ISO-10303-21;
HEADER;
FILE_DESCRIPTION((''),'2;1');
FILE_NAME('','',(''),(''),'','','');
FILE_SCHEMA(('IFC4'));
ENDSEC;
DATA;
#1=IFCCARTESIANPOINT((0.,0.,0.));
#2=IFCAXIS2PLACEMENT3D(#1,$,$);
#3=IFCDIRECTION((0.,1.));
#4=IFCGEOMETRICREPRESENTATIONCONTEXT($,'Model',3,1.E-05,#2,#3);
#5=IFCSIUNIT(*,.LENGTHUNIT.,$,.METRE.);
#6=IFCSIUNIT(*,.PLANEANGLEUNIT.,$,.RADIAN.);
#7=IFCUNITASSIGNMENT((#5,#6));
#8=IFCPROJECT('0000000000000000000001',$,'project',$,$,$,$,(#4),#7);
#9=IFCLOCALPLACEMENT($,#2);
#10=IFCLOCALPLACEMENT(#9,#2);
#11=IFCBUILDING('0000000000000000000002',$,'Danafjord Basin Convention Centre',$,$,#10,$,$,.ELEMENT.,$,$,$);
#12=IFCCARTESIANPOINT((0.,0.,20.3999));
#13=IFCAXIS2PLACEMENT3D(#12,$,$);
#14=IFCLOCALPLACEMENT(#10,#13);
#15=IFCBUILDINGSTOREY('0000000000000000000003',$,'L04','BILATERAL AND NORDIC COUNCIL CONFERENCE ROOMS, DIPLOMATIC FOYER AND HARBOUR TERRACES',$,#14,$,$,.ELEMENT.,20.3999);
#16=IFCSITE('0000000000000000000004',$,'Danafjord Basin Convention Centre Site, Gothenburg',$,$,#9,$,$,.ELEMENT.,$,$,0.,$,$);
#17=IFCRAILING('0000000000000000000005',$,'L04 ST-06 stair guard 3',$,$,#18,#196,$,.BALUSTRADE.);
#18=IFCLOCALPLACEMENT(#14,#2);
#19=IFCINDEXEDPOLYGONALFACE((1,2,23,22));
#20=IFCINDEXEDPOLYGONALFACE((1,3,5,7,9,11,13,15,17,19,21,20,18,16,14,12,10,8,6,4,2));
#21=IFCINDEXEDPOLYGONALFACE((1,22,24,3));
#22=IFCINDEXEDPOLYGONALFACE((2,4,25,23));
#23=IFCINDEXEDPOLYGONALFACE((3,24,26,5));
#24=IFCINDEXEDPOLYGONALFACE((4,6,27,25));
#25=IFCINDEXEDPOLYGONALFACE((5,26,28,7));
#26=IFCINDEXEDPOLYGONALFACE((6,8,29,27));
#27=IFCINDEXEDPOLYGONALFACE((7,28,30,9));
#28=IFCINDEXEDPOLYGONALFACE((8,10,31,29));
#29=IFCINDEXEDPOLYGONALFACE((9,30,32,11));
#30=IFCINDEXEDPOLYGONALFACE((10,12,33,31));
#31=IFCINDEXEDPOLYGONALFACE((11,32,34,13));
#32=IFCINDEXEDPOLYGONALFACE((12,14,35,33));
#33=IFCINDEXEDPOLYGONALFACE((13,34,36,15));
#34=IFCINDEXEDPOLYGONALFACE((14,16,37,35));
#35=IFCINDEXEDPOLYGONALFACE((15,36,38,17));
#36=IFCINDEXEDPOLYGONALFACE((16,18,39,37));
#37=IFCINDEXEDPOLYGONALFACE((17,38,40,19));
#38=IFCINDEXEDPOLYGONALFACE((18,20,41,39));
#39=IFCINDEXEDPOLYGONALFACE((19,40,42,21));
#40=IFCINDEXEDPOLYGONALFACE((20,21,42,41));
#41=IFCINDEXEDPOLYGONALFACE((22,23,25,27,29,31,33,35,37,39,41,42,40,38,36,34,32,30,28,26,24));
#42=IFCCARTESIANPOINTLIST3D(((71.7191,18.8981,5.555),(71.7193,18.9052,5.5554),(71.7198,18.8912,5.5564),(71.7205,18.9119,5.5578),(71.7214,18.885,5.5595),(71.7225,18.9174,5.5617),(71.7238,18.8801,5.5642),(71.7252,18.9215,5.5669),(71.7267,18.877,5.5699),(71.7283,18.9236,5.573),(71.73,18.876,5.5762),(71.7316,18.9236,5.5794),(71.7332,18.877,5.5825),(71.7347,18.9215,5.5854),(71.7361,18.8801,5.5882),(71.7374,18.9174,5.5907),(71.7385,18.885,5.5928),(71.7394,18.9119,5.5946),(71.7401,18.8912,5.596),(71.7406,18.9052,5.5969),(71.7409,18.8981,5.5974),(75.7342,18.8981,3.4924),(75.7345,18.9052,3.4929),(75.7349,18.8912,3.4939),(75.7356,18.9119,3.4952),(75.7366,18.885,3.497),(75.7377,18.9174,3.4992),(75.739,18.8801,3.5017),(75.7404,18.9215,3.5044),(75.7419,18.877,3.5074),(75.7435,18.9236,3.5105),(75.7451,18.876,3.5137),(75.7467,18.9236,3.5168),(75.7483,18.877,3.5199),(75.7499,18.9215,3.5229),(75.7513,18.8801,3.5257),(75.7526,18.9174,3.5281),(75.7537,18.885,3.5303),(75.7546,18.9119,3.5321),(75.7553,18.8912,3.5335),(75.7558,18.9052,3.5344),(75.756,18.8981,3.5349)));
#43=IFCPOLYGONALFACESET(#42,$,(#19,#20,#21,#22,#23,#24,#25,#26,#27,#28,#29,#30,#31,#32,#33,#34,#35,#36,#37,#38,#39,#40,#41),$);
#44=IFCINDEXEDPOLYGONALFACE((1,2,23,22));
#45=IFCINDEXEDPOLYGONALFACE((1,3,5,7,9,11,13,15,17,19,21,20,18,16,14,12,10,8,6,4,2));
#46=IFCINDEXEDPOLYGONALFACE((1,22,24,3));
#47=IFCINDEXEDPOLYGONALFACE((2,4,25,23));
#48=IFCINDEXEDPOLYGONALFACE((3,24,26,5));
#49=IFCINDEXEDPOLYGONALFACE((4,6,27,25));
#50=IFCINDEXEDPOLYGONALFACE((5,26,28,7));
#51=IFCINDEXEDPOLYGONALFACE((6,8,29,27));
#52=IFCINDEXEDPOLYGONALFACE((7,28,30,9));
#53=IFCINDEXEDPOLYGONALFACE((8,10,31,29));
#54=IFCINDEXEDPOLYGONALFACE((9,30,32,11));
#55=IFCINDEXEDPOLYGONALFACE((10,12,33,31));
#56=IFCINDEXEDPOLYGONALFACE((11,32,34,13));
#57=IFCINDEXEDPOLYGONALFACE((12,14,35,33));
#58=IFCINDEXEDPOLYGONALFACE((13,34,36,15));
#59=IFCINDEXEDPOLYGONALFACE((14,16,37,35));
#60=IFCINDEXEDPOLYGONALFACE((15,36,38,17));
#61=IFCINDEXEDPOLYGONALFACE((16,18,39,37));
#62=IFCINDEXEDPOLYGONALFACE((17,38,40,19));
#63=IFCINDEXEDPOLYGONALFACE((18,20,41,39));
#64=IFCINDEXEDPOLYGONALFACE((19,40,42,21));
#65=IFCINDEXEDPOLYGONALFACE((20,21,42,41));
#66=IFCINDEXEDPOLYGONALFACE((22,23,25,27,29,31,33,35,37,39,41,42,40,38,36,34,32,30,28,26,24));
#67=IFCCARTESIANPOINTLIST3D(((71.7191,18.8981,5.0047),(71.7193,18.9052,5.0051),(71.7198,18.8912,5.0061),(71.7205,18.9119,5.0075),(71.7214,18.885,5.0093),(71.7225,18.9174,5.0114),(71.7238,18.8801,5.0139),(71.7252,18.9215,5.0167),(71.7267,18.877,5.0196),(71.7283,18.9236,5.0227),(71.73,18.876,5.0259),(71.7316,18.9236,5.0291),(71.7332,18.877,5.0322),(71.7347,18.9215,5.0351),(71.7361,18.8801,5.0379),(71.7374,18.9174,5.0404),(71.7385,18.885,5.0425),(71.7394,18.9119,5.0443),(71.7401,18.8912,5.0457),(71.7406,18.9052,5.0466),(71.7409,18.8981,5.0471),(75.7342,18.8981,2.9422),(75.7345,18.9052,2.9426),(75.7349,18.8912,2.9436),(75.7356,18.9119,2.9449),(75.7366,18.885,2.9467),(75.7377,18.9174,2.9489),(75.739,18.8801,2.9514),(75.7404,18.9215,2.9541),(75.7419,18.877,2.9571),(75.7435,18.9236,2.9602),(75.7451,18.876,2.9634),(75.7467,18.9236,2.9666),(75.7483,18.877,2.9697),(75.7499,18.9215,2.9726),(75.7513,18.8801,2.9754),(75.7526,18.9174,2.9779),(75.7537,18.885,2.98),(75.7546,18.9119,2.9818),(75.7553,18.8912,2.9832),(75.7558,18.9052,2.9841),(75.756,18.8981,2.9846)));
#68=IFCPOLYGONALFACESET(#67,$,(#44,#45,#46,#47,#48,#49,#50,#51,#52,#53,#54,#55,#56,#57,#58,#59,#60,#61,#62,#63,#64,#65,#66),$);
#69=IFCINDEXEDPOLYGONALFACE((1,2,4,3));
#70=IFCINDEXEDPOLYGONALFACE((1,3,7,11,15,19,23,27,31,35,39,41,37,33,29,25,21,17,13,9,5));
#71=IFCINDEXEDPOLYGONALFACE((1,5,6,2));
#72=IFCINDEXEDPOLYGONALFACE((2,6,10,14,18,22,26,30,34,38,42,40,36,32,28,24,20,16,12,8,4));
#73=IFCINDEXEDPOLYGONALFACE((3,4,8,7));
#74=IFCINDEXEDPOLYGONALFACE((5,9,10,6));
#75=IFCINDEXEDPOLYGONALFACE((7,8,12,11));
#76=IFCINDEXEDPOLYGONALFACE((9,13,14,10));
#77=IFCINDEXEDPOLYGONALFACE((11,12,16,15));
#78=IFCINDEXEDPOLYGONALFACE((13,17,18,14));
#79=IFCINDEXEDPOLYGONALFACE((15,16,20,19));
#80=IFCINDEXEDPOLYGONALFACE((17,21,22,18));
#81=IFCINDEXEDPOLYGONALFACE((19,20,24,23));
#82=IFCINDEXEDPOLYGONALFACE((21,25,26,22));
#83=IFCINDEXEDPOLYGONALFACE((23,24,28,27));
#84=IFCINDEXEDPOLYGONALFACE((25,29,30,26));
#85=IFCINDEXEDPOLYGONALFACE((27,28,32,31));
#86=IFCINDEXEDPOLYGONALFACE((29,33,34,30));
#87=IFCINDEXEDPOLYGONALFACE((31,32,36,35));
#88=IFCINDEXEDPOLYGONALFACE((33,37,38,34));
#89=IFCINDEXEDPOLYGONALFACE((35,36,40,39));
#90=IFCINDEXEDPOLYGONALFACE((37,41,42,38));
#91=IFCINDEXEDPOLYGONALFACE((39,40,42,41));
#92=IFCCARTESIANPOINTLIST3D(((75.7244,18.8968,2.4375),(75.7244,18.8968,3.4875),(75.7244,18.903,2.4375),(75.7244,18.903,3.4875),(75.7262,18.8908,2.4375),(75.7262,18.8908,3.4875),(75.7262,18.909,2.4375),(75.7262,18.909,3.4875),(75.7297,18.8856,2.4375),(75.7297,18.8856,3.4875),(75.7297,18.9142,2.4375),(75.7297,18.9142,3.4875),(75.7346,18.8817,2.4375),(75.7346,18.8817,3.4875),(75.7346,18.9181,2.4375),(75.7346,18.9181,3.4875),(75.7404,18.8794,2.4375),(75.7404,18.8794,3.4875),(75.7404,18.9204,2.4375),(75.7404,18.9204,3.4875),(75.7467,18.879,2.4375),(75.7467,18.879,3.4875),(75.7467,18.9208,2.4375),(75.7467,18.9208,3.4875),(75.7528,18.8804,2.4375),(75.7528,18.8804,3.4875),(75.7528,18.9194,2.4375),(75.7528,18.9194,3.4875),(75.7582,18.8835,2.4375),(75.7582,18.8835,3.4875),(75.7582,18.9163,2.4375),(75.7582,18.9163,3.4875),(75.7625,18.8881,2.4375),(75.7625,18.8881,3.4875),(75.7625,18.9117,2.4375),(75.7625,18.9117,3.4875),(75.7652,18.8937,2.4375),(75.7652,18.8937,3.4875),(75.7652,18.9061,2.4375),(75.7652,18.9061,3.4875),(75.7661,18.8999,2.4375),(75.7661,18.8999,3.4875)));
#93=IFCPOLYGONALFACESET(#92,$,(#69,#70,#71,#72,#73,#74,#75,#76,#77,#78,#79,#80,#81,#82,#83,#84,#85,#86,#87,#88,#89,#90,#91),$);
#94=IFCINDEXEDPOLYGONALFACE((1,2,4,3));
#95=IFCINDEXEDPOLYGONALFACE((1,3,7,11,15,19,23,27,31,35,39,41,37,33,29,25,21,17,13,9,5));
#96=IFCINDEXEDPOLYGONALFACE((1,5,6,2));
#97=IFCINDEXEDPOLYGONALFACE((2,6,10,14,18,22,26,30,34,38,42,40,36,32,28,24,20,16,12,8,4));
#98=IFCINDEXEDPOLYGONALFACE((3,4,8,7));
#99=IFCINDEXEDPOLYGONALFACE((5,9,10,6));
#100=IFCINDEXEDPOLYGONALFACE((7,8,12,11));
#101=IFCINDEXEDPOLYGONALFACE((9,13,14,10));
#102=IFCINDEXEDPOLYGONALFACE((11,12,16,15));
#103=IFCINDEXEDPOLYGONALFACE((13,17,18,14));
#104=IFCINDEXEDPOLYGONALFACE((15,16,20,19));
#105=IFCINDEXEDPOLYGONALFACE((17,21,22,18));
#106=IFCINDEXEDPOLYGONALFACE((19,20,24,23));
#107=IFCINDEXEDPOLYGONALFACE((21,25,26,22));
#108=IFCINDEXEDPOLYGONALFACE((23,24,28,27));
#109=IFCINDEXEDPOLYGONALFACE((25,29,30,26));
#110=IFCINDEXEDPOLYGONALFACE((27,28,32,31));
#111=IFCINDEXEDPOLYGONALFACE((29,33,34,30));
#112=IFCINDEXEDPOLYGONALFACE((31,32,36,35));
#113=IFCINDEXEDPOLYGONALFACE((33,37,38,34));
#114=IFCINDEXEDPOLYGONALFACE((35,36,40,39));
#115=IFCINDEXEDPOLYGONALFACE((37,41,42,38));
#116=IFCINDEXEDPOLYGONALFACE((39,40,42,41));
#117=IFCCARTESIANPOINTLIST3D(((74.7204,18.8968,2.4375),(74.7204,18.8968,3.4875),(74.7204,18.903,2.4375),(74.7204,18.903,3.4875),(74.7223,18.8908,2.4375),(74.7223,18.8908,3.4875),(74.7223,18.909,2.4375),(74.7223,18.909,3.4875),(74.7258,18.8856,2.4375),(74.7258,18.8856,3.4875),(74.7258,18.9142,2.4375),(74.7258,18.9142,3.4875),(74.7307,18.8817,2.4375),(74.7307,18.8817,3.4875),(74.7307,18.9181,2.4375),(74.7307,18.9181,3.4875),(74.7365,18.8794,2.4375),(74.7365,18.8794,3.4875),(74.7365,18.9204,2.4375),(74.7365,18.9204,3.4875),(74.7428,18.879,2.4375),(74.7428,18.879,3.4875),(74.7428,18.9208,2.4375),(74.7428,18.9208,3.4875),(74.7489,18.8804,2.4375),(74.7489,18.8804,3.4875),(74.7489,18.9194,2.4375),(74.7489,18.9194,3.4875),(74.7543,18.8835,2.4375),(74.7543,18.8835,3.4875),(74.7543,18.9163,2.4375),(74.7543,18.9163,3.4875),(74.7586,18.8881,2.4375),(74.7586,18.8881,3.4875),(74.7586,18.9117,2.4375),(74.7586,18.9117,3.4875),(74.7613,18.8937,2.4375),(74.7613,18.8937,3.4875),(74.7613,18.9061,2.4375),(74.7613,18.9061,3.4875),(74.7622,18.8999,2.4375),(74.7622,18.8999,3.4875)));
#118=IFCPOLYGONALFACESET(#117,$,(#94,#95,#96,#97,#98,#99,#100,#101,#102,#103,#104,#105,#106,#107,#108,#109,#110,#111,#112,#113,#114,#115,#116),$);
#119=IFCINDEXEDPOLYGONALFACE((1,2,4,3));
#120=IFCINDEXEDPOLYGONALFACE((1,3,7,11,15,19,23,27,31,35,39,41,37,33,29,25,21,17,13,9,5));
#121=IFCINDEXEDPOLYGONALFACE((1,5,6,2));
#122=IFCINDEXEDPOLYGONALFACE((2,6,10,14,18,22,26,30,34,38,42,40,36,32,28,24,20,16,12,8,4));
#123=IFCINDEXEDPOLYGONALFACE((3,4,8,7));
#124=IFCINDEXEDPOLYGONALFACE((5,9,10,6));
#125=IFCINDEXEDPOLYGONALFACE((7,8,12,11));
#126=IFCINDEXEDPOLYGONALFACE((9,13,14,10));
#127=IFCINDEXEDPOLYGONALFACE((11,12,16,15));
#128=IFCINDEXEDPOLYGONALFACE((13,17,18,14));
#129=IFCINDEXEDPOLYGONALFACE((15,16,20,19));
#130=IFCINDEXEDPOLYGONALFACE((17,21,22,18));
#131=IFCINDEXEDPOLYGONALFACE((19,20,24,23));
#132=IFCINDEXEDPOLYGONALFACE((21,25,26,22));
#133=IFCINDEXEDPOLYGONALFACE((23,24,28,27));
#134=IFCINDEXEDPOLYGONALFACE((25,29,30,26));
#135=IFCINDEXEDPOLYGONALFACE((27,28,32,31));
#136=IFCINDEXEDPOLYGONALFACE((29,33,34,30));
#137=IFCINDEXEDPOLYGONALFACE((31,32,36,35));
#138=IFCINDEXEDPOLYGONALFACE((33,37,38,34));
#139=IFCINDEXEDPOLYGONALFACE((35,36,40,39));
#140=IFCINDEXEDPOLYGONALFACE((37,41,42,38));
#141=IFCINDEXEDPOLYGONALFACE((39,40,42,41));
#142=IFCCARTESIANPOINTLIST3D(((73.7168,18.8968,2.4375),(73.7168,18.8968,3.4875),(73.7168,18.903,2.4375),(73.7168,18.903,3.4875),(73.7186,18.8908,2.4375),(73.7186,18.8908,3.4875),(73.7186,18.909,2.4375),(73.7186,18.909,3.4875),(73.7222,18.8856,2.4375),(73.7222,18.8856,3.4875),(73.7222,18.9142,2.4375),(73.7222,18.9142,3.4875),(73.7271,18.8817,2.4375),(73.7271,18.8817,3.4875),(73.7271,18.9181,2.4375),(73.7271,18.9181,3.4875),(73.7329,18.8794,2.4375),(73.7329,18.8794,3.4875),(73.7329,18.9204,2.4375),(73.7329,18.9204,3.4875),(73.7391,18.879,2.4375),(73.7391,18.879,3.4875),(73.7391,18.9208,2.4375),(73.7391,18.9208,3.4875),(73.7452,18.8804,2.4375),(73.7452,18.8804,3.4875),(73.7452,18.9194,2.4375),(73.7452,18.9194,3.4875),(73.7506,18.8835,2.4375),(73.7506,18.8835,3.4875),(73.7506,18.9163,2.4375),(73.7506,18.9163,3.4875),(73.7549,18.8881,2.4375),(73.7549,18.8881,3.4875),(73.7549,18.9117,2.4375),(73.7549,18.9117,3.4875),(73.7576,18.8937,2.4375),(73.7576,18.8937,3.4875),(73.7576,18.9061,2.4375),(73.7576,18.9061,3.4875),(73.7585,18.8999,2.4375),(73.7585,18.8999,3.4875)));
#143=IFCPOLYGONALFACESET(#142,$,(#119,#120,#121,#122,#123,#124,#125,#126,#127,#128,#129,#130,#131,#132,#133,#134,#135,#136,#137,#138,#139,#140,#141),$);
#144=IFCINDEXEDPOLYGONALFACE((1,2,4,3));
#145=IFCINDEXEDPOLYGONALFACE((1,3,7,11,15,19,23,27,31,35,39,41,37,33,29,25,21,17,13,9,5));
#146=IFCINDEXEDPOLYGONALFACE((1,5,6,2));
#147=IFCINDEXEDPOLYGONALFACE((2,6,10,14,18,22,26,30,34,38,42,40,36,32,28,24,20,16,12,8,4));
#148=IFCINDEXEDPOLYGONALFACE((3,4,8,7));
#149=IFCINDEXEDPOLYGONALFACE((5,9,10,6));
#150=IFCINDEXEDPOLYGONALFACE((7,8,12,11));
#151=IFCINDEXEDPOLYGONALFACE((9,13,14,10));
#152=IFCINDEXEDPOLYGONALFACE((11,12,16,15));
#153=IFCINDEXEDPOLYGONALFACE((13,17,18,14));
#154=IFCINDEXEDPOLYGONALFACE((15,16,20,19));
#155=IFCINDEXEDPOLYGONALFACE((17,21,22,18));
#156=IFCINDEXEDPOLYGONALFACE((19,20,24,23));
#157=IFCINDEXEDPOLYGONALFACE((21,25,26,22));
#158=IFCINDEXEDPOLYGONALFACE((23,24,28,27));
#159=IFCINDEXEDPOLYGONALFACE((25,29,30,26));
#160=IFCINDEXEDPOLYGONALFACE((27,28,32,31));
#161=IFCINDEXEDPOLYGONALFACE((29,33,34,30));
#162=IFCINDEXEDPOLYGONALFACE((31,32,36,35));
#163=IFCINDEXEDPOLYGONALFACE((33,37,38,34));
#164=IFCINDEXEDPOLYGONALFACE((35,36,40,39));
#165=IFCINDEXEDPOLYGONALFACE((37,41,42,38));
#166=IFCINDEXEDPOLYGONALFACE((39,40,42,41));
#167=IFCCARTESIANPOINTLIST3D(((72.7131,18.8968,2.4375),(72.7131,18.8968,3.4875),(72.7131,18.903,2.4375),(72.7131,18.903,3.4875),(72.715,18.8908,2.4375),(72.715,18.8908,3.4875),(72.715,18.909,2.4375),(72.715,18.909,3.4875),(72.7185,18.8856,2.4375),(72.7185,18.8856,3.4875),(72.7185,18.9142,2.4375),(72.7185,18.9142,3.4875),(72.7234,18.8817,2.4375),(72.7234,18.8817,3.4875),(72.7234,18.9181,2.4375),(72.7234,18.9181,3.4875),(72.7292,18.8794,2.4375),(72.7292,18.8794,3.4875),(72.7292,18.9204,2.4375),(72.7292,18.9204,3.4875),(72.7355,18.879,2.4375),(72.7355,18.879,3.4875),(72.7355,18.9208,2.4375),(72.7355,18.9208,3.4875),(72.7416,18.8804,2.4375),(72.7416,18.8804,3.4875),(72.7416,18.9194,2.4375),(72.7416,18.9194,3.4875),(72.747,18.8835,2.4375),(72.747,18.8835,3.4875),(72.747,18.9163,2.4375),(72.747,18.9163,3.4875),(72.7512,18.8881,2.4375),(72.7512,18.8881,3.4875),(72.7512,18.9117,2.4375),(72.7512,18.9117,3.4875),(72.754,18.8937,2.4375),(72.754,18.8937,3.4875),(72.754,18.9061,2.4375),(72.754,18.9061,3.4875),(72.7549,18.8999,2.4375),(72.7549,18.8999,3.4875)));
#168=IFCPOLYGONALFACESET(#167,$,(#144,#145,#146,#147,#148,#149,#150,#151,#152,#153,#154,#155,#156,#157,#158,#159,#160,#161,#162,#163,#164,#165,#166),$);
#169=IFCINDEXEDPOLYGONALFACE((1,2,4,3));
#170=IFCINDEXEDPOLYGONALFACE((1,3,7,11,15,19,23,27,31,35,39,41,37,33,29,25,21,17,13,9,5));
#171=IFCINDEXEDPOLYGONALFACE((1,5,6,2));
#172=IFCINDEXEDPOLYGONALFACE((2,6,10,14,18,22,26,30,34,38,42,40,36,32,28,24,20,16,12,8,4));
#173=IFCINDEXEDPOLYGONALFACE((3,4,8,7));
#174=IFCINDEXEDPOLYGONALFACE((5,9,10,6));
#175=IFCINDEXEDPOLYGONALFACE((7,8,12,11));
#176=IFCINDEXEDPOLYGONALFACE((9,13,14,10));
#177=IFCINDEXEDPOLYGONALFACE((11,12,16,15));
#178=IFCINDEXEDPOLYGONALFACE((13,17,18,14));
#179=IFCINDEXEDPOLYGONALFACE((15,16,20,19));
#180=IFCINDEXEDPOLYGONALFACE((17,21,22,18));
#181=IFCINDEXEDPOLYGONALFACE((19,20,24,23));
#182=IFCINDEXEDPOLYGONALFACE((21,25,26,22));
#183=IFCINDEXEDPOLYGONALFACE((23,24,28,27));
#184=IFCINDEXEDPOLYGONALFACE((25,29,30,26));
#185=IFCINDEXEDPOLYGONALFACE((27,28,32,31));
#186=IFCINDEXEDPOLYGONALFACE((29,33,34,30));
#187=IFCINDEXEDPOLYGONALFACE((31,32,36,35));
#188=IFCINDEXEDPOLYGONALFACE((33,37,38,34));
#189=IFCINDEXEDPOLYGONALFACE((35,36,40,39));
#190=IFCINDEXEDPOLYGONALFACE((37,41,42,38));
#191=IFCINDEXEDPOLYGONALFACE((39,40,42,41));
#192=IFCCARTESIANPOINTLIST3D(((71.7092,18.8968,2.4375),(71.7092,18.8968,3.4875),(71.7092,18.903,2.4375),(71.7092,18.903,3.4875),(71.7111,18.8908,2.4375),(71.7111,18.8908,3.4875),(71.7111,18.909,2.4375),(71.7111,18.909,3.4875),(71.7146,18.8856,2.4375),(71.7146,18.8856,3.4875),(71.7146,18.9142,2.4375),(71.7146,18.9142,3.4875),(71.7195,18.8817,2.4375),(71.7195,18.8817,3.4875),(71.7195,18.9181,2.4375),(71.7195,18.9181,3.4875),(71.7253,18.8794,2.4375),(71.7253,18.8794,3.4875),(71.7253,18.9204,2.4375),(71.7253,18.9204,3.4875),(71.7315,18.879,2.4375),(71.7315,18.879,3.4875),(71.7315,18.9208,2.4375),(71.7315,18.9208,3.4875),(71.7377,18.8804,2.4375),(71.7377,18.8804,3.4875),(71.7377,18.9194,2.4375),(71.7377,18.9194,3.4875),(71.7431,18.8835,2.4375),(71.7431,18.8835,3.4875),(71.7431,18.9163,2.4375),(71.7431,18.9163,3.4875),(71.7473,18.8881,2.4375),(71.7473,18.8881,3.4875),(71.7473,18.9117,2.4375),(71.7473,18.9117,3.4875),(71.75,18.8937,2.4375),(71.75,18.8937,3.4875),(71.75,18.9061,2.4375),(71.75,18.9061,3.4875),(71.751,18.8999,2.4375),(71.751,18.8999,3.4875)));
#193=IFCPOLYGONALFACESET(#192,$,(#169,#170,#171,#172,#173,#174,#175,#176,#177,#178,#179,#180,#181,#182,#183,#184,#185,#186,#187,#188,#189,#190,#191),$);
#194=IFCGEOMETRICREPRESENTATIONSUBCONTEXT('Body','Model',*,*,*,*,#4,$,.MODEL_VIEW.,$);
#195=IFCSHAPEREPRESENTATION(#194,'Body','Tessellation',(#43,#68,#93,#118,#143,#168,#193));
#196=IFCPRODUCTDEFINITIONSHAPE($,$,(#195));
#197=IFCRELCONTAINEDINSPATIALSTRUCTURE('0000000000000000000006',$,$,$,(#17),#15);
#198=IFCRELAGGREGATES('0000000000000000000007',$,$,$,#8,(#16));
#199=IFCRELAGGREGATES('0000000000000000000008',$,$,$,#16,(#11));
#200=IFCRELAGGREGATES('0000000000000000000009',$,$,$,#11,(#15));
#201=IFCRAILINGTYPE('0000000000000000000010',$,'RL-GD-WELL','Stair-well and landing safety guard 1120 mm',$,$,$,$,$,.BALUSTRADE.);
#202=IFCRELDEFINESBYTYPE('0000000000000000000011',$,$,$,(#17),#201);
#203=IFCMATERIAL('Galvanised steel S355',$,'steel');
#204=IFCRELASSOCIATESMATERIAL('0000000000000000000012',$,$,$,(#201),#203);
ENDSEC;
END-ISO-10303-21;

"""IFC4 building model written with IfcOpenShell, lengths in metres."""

from ifc_helpers import new_model, si_unit, direction, frame, origin, origin_2d, place, context, subcontext, project, spatial, circle, extrude, material, type_object, element, save


model = new_model("IFC4")

# Units and contexts
model_context = context("Model", 3, precision=1e-05, world=origin(), true_north=direction((0.0, 1.0)))
body_context = subcontext(model_context, "Body", "Model", "MODEL_VIEW")
ifc_project = project(units=[si_unit("LENGTHUNIT", "METRE"), si_unit("PLANEANGLEUNIT", "RADIAN")], contexts=[model_context])

# Site, building, storey
site_placement = place(None, origin())
site = spatial("IfcSite", under=ifc_project, at=site_placement, Name="Danafjord Basin Convention Centre Site, Gothenburg", CompositionType="ELEMENT", RefElevation=0.0)
building_placement = place(site_placement, origin())
building = spatial("IfcBuilding", under=site, at=building_placement, Name="Danafjord Basin Convention Centre", CompositionType="ELEMENT")
storey_placement = place(building_placement, frame((0.0, 0.0, 20.3999)))
storey = spatial("IfcBuildingStorey", under=building, at=storey_placement, Name="L04", Description="BILATERAL AND NORDIC COUNCIL CONFERENCE ROOMS, DIPLOMATIC FOYER AND HARBOUR TERRACES", CompositionType="ELEMENT", Elevation=20.3999)

# Railing
ifc_material_1 = material(Name="Galvanised steel S355", Category="steel")
railing_type_1 = type_object("IfcRailingType", Name="RL-GD-WELL", Description="Stair-well and landing safety guard 1120 mm", PredefinedType="BALUSTRADE", material=ifc_material_1)
railing_1_placement = place(storey_placement, frame((75.7451, 18.8999, 2.4375)))
element("IfcRailing", 1, at=railing_1_placement, inside=storey, type_object=railing_type_1, Name="L04 ST-06 stair guard 3", PredefinedType="BALUSTRADE", context=body_context, shape_type="SweptSolid", body=[
    extrude(circle(Radius=0.0239, at=origin_2d()), frame((0.0, 0.0, 1.0762), z_axis=(-0.889506, 0.0, 0.456923), x_axis=(0.0, -1.0, 0.0)), (0.0, 0.0, 1.0), 4.5139),
    extrude(circle(Radius=0.0239, at=origin_2d()), frame((0.0, 0.0, 0.5259), z_axis=(-0.889506, 0.0, 0.456923), x_axis=(0.0, -1.0, 0.0)), (0.0, 0.0, 1.0), 4.5139),
    extrude(circle(Radius=0.021, at=origin_2d()), origin(), (0.0, 0.0, 1.0), 1.05),
    extrude(circle(Radius=0.021, at=origin_2d()), frame((-1.0039, 0.0, 0.0)), (0.0, 0.0, 1.0), 1.05),
    extrude(circle(Radius=0.021, at=origin_2d()), frame((-2.0076, 0.0, 0.0)), (0.0, 0.0, 1.0), 1.05),
    extrude(circle(Radius=0.021, at=origin_2d()), frame((-3.0112, 0.0, 0.0)), (0.0, 0.0, 1.0), 1.05),
    extrude(circle(Radius=0.021, at=origin_2d()), frame((-4.0151, 0.0, 0.0)), (0.0, 0.0, 1.0), 1.05),
])

save(model, "model.ifc")
